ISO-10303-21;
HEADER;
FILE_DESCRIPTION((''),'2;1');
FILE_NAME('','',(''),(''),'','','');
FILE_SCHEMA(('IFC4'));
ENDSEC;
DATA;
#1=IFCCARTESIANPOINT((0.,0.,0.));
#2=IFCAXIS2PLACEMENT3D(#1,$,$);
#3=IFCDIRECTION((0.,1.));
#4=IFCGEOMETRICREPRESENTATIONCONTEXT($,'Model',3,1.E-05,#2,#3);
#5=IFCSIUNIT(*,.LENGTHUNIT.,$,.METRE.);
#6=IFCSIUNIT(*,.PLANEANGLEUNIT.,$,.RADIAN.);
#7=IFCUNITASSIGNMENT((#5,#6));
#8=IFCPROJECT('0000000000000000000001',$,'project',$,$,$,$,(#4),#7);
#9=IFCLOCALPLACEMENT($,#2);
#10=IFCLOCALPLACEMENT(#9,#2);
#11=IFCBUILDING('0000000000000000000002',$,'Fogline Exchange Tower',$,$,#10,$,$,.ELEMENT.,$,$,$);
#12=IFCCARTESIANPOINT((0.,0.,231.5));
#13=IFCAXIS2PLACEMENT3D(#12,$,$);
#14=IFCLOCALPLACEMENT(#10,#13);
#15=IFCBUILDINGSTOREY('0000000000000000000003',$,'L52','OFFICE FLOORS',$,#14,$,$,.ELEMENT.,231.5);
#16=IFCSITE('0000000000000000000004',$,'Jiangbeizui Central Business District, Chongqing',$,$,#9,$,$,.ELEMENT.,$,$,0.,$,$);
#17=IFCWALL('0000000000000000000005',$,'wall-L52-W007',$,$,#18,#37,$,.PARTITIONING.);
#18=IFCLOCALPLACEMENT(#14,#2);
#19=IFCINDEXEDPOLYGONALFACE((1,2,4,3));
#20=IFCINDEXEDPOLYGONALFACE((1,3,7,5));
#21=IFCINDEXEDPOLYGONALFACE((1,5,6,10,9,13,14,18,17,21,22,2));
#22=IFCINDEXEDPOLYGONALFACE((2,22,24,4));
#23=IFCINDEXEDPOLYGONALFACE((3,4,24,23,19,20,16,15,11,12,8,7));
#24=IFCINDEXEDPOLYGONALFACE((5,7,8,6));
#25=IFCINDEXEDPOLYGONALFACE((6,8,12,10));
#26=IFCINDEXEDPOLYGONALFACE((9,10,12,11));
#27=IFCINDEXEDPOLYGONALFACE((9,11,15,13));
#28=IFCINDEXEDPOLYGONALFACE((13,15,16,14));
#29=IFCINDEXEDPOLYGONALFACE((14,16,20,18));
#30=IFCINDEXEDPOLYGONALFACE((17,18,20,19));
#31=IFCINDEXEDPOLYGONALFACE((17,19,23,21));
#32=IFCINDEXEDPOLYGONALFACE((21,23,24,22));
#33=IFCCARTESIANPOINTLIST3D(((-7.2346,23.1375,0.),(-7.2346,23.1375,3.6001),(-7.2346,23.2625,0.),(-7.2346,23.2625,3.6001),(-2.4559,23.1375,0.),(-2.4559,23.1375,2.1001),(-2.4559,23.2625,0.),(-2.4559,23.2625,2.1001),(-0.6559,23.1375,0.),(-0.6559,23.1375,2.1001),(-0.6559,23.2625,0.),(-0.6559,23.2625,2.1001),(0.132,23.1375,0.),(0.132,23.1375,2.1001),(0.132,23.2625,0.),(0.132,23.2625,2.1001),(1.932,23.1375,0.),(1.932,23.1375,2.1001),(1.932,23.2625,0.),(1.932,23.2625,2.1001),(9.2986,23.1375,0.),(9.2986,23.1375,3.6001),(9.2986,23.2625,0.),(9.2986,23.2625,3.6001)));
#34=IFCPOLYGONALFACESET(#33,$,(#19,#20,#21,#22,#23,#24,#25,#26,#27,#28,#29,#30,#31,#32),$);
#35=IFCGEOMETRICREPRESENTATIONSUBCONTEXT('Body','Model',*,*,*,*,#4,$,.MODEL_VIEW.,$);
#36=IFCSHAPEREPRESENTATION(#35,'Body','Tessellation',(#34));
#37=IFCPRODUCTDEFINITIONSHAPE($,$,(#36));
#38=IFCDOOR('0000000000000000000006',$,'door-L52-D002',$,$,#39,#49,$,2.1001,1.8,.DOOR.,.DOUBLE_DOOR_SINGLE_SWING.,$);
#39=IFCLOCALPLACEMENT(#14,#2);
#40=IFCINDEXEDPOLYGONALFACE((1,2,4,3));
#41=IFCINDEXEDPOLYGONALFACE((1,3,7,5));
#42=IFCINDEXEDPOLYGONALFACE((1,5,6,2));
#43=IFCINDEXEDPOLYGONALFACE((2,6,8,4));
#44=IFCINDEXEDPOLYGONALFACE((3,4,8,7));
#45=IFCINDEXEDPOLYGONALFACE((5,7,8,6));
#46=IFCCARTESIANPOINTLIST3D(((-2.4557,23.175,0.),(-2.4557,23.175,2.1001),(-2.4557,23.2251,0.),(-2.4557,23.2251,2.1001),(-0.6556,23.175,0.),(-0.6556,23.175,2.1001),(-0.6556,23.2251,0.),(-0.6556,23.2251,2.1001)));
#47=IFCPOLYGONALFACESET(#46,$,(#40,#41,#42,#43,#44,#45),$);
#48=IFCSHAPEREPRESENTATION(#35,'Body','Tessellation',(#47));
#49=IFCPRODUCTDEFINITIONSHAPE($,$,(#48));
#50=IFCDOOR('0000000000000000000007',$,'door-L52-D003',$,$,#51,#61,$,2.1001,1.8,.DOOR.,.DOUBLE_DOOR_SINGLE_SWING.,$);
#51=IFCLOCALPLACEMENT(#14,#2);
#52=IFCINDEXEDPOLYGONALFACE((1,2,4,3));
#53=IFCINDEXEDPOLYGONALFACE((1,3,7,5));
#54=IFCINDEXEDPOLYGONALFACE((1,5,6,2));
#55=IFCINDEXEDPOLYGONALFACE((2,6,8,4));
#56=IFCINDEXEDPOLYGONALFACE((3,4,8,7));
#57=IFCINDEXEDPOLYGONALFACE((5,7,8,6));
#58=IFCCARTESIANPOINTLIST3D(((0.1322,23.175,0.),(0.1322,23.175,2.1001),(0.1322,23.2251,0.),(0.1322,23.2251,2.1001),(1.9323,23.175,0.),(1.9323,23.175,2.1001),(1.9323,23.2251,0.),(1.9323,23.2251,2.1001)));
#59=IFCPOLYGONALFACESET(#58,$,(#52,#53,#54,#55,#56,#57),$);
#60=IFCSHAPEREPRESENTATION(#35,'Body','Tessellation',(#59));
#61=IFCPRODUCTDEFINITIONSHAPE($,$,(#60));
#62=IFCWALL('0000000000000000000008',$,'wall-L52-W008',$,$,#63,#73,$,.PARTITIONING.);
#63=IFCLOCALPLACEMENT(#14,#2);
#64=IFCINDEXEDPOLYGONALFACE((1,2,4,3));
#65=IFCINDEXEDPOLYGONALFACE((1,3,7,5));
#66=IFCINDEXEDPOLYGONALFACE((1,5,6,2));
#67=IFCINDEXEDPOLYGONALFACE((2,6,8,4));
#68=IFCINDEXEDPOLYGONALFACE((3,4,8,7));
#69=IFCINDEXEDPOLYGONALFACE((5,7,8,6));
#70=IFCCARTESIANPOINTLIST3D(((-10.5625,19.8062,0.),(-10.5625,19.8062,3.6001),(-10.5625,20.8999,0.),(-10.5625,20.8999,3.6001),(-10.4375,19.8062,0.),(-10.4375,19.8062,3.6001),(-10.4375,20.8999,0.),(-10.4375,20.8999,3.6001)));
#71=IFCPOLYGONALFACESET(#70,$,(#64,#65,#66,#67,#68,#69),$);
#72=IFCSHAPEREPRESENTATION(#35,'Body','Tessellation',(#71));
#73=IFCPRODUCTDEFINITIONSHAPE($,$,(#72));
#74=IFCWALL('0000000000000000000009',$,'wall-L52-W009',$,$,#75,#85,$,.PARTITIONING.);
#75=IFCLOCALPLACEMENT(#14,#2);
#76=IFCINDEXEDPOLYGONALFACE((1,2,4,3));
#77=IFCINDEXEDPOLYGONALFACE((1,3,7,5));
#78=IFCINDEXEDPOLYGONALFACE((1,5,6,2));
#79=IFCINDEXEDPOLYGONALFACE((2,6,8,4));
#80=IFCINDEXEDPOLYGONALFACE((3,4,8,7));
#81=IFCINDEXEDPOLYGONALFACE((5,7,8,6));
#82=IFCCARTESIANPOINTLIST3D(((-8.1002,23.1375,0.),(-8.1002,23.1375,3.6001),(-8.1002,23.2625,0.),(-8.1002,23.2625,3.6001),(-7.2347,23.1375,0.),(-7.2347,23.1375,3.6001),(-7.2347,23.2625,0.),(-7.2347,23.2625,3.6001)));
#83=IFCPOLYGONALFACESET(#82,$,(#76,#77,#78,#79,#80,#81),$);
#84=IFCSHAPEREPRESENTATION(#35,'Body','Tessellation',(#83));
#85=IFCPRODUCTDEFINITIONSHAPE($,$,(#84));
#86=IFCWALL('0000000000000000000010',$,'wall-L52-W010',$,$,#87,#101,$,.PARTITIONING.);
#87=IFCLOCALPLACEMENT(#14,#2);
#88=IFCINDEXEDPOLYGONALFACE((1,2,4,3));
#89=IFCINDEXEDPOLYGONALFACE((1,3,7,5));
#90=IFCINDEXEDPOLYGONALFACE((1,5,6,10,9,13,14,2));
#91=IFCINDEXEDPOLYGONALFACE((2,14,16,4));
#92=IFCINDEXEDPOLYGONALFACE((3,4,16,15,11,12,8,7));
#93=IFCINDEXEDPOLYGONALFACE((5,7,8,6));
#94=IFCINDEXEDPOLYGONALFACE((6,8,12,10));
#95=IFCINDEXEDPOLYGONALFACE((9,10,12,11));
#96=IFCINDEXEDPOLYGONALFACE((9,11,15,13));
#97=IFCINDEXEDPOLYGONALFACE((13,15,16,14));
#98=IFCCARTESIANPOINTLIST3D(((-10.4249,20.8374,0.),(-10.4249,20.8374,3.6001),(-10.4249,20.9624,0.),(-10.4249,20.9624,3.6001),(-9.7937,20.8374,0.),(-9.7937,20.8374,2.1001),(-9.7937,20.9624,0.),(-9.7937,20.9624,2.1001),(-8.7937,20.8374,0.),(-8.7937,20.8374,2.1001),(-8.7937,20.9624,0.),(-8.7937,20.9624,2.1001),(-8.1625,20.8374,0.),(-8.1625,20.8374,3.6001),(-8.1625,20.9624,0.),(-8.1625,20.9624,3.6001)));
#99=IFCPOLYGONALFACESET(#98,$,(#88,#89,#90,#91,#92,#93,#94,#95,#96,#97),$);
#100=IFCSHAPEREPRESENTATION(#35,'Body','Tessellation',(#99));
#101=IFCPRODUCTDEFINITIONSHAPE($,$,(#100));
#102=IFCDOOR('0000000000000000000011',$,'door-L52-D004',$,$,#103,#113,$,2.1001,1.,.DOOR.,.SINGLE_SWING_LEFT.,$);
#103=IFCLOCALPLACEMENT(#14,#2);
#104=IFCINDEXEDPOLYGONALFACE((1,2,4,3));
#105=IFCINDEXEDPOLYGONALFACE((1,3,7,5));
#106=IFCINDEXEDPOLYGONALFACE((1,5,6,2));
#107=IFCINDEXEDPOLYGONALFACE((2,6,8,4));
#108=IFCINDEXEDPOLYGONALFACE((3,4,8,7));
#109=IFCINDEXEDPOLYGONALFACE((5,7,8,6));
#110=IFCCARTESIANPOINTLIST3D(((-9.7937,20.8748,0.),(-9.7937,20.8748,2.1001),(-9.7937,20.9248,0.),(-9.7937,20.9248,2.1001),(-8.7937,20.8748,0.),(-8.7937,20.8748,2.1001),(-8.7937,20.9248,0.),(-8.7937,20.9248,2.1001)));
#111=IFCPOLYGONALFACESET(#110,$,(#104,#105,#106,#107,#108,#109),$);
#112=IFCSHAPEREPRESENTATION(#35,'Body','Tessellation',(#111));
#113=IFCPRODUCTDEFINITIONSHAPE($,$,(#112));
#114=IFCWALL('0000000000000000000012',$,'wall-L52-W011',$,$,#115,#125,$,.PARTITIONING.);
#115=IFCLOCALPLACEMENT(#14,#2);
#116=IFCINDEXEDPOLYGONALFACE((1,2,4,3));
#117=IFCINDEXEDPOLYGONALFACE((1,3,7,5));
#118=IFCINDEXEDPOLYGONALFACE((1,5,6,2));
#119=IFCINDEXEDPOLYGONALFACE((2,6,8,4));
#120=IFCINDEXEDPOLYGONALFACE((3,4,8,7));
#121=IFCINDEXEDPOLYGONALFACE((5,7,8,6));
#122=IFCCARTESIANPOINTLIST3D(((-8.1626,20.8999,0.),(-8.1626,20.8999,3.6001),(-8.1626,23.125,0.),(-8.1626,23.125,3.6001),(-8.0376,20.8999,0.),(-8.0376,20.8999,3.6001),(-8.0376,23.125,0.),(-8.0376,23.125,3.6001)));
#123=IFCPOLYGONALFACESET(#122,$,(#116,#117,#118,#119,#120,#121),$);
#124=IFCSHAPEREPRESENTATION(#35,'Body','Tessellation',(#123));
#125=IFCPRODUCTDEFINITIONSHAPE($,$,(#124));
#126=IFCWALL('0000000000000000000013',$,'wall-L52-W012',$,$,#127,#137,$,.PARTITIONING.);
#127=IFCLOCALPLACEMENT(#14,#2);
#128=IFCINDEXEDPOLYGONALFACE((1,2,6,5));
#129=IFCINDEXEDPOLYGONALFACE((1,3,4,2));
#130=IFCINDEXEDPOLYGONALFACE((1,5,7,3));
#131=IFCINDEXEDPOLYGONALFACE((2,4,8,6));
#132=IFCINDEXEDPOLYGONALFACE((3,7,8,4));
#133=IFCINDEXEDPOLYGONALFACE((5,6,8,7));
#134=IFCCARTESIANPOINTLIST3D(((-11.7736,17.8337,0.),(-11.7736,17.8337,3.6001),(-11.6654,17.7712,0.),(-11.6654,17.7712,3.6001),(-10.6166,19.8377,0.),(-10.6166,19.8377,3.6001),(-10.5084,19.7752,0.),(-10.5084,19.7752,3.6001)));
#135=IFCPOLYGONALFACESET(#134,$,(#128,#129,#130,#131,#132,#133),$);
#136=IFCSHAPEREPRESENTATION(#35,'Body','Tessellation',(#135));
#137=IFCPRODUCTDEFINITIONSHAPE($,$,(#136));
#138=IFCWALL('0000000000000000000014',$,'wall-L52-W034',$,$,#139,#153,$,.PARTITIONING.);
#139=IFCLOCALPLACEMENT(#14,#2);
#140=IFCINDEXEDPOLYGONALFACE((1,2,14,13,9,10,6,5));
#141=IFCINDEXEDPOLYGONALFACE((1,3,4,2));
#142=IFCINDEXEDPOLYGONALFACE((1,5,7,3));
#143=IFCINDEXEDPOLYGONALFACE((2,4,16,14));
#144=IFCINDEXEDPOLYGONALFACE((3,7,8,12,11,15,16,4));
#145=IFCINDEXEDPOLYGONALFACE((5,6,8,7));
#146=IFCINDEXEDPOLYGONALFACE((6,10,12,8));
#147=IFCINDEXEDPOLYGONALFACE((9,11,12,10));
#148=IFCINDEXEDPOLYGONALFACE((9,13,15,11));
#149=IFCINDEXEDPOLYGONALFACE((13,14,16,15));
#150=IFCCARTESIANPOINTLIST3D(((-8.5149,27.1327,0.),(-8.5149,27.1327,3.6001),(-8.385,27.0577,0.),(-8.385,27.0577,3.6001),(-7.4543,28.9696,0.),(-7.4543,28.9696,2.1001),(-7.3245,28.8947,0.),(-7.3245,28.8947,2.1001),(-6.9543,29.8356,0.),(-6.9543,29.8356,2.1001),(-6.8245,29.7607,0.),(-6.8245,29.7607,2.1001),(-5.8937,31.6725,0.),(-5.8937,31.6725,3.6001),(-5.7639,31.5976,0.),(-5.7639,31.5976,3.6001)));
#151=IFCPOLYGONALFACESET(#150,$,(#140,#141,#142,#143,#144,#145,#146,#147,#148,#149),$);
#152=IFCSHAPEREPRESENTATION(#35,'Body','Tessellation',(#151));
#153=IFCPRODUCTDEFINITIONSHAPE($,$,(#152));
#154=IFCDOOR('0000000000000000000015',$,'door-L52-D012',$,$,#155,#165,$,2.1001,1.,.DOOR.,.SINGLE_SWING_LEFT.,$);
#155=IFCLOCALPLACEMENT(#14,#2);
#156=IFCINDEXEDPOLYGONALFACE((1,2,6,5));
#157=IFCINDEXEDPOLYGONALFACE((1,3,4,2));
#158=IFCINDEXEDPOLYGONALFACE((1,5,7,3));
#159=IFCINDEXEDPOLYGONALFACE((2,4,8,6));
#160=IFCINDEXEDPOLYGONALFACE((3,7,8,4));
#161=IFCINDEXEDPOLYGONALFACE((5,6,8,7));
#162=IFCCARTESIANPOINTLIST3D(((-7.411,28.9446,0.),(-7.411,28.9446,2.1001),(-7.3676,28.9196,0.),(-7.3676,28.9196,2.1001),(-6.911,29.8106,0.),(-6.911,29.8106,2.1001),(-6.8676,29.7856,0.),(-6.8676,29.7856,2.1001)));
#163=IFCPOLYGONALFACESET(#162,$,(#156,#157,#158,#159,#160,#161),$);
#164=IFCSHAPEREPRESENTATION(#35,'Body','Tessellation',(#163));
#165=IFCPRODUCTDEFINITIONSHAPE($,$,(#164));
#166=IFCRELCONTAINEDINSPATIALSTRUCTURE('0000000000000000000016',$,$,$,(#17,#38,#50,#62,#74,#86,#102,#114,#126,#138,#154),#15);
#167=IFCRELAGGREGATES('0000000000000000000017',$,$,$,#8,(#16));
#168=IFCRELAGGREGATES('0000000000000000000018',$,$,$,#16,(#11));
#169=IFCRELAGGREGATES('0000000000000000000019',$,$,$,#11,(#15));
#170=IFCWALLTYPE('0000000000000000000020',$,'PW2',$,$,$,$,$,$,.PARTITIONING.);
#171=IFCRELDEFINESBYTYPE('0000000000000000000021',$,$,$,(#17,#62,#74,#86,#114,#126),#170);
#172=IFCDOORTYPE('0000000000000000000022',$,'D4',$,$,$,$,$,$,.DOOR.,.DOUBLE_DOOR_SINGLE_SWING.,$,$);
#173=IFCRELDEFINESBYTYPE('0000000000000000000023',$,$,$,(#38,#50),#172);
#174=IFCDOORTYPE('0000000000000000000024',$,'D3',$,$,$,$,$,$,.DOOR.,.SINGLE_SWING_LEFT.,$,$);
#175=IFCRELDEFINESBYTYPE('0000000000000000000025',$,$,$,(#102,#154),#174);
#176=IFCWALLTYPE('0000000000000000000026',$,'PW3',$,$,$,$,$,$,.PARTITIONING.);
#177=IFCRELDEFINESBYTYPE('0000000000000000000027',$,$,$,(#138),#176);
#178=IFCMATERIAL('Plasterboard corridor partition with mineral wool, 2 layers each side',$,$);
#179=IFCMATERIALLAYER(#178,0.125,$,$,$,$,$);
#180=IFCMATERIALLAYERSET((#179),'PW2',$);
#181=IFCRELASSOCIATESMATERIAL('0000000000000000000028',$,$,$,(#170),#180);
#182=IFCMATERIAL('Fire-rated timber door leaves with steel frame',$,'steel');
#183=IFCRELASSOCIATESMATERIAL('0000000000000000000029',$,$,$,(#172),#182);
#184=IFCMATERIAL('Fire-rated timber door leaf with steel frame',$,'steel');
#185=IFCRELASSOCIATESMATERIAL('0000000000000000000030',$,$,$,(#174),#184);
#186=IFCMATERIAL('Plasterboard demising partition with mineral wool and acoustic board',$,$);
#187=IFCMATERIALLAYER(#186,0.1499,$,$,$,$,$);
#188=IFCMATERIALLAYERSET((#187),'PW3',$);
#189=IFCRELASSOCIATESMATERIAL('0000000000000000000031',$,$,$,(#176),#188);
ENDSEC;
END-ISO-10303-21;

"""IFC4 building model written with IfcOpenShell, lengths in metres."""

from ifc_helpers import new_model, si_unit, direction, frame, frame_2d, origin, place, context, subcontext, project, spatial, rectangle, extrude, material, layer, layer_set, type_object, element, fill, save


model = new_model("IFC4")

# Units and contexts
model_context = context("Model", 3, precision=1e-05, world=origin(), true_north=direction((0.0, 1.0)))
body_context = subcontext(model_context, "Body", "Model", "MODEL_VIEW")
ifc_project = project(units=[si_unit("LENGTHUNIT", "METRE"), si_unit("PLANEANGLEUNIT", "RADIAN")], contexts=[model_context])

# Site, building, storey
site_placement = place(None, origin())
site = spatial("IfcSite", under=ifc_project, at=site_placement, Name="Jiangbeizui Central Business District, Chongqing", CompositionType="ELEMENT", RefElevation=0.0)
building_placement = place(site_placement, origin())
building = spatial("IfcBuilding", under=site, at=building_placement, Name="Fogline Exchange Tower", CompositionType="ELEMENT")
storey_placement = place(building_placement, frame((0.0, 0.0, 231.5)))
storey = spatial("IfcBuildingStorey", under=building, at=storey_placement, Name="L52", Description="OFFICE FLOORS", CompositionType="ELEMENT", Elevation=231.5)

# Wall, openings, doors
ifc_material_1 = material(Name="Plasterboard corridor partition with mineral wool, 2 layers each side")
ifc_layer_1 = layer(ifc_material_1, 0.125)
ifc_layer_set_1 = layer_set([ifc_layer_1], Name="PW2")
wall_type_1 = type_object("IfcWallType", Name="PW2", PredefinedType="PARTITIONING", material=ifc_layer_set_1)
wall_1_placement = place(storey_placement, frame((-7.2346, 23.2, 0.0), z_axis=(0.0, 0.0, 1.0), x_axis=(1.0, 0.0, 0.0)))
wall_1 = element("IfcWall", 1, at=wall_1_placement, inside=storey, type_object=wall_type_1, Name="wall-L52-W007", PredefinedType="PARTITIONING", context=body_context, shape_type="SweptSolid", body=[
    extrude(rectangle(XDim=16.5332, YDim=0.125, at=frame_2d((8.2666, 0.0))), origin(), (0.0, 0.0, 1.0), 3.6001),
])
opening_1_placement = place(wall_1_placement, frame((4.7788, 0.0, 0.0)))
opening_1 = element("IfcOpeningElement", 2, at=opening_1_placement, cuts=wall_1, PredefinedType="OPENING", context=body_context, shape_type="SweptSolid", body=[
    extrude(rectangle(XDim=1.8, YDim=2.1001, at=frame_2d((0.8999, 1.05))), frame((0.0, 0.0725, 0.0), z_axis=(0.0, -1.0, 0.0), x_axis=(1.0, 0.0, 0.0)), (0.0, 0.0, 1.0), 0.145),
])
opening_2_placement = place(wall_1_placement, frame((7.3667, 0.0, 0.0)))
opening_2 = element("IfcOpeningElement", 3, at=opening_2_placement, cuts=wall_1, PredefinedType="OPENING", context=body_context, shape_type="SweptSolid", body=[
    extrude(rectangle(XDim=1.8, YDim=2.1001, at=frame_2d((0.8999, 1.05))), frame((0.0, 0.0725, 0.0), z_axis=(0.0, -1.0, 0.0), x_axis=(1.0, 0.0, 0.0)), (0.0, 0.0, 1.0), 0.145),
])
ifc_material_2 = material(Name="Fire-rated timber door leaves with steel frame", Category="steel")
door_type_1 = type_object("IfcDoorType", Name="D4", OperationType="DOUBLE_DOOR_SINGLE_SWING", PredefinedType="DOOR", material=ifc_material_2)
door_1_placement = place(opening_1_placement, frame((1.8, 0.0, 0.0), z_axis=(0.0, 0.0, 1.0), x_axis=(-1.0, 0.0, 0.0)))
door_1 = element("IfcDoor", 4, at=door_1_placement, inside=storey, type_object=door_type_1, Name="door-L52-D002", OperationType="DOUBLE_DOOR_SINGLE_SWING", OverallHeight=2.1001, OverallWidth=1.8, PredefinedType="DOOR", context=body_context, shape_type="SweptSolid", body=[
    extrude(rectangle(XDim=1.8, YDim=2.1001, at=frame_2d((0.8999, 1.05))), frame((0.0, 0.0249, 0.0), z_axis=(0.0, -1.0, 0.0), x_axis=(1.0, 0.0, 0.0)), (0.0, 0.0, 1.0), 0.05),
])
fill(opening_1, door_1)
door_2_placement = place(opening_2_placement, frame((1.8, 0.0, 0.0), z_axis=(0.0, 0.0, 1.0), x_axis=(-1.0, 0.0, 0.0)))
door_2 = element("IfcDoor", 5, at=door_2_placement, inside=storey, type_object=door_type_1, Name="door-L52-D003", OperationType="DOUBLE_DOOR_SINGLE_SWING", OverallHeight=2.1001, OverallWidth=1.8, PredefinedType="DOOR", context=body_context, shape_type="SweptSolid", body=[
    extrude(rectangle(XDim=1.8, YDim=2.1001, at=frame_2d((0.8999, 1.05))), frame((0.0, 0.0249, 0.0), z_axis=(0.0, -1.0, 0.0), x_axis=(1.0, 0.0, 0.0)), (0.0, 0.0, 1.0), 0.05),
])
fill(opening_2, door_2)

# Walls
wall_2_placement = place(storey_placement, frame((-10.5, 19.8062, 0.0), z_axis=(0.0, 0.0, 1.0), x_axis=(0.0, 1.0, 0.0)))
element("IfcWall", 6, at=wall_2_placement, inside=storey, type_object=wall_type_1, Name="wall-L52-W008", PredefinedType="PARTITIONING", context=body_context, shape_type="SweptSolid", body=[
    extrude(rectangle(XDim=1.0938, YDim=0.125, at=frame_2d((0.5469, 0.0))), origin(), (0.0, 0.0, 1.0), 3.6001),
])
wall_3_placement = place(storey_placement, frame((-8.1001, 23.2, 0.0), z_axis=(0.0, 0.0, 1.0), x_axis=(1.0, 0.0, 0.0)))
element("IfcWall", 7, at=wall_3_placement, inside=storey, type_object=wall_type_1, Name="wall-L52-W009", PredefinedType="PARTITIONING", context=body_context, shape_type="SweptSolid", body=[
    extrude(rectangle(XDim=0.8655, YDim=0.125, at=frame_2d((0.4326, 0.0))), origin(), (0.0, 0.0, 1.0), 3.6001),
])

# Wall, opening, door
wall_4_placement = place(storey_placement, frame((-10.425, 20.8999, 0.0), z_axis=(0.0, 0.0, 1.0), x_axis=(1.0, 0.0, 0.0)))
wall_4 = element("IfcWall", 8, at=wall_4_placement, inside=storey, type_object=wall_type_1, Name="wall-L52-W010", PredefinedType="PARTITIONING", context=body_context, shape_type="SweptSolid", body=[
    extrude(rectangle(XDim=2.2625, YDim=0.125, at=frame_2d((1.1313, 0.0))), origin(), (0.0, 0.0, 1.0), 3.6001),
])
opening_3_placement = place(wall_4_placement, frame((0.6313, 0.0, 0.0)))
opening_3 = element("IfcOpeningElement", 9, at=opening_3_placement, cuts=wall_4, PredefinedType="OPENING", context=body_context, shape_type="SweptSolid", body=[
    extrude(rectangle(XDim=1.0, YDim=2.1001, at=frame_2d((0.5, 1.05))), frame((0.0, 0.0725, 0.0), z_axis=(0.0, -1.0, 0.0), x_axis=(1.0, 0.0, 0.0)), (0.0, 0.0, 1.0), 0.145),
])
ifc_material_3 = material(Name="Fire-rated timber door leaf with steel frame", Category="steel")
door_type_2 = type_object("IfcDoorType", Name="D3", OperationType="SINGLE_SWING_LEFT", PredefinedType="DOOR", material=ifc_material_3)
door_3_placement = place(opening_3_placement, origin())
door_3 = element("IfcDoor", 10, at=door_3_placement, inside=storey, type_object=door_type_2, Name="door-L52-D004", OperationType="SINGLE_SWING_LEFT", OverallHeight=2.1001, OverallWidth=1.0, PredefinedType="DOOR", context=body_context, shape_type="SweptSolid", body=[
    extrude(rectangle(XDim=1.0, YDim=2.1001, at=frame_2d((0.5, 1.05))), frame((0.0, 0.0249, 0.0), z_axis=(0.0, -1.0, 0.0), x_axis=(1.0, 0.0, 0.0)), (0.0, 0.0, 1.0), 0.05),
])
fill(opening_3, door_3)

# Walls
wall_5_placement = place(storey_placement, frame((-8.1001, 20.8999, 0.0), z_axis=(0.0, 0.0, 1.0), x_axis=(0.0, 1.0, 0.0)))
element("IfcWall", 11, at=wall_5_placement, inside=storey, type_object=wall_type_1, Name="wall-L52-W011", PredefinedType="PARTITIONING", context=body_context, shape_type="SweptSolid", body=[
    extrude(rectangle(XDim=2.2251, YDim=0.125, at=frame_2d((1.1125, 0.0))), origin(), (0.0, 0.0, 1.0), 3.6001),
])
wall_6_placement = place(storey_placement, frame((-11.7195, 17.8025, 0.0), z_axis=(0.0, 0.0, 1.0), x_axis=(0.500009, 0.86602, 0.0)))
element("IfcWall", 12, at=wall_6_placement, inside=storey, type_object=wall_type_1, Name="wall-L52-W012", PredefinedType="PARTITIONING", context=body_context, shape_type="SweptSolid", body=[
    extrude(rectangle(XDim=2.314, YDim=0.125, at=frame_2d((1.157, 0.0))), origin(), (0.0, 0.0, 1.0), 3.6001),
])

# Wall, opening, door
ifc_material_4 = material(Name="Plasterboard demising partition with mineral wool and acoustic board")
ifc_layer_2 = layer(ifc_material_4, 0.1499)
ifc_layer_set_2 = layer_set([ifc_layer_2], Name="PW3")
wall_type_2 = type_object("IfcWallType", Name="PW3", PredefinedType="PARTITIONING", material=ifc_layer_set_2)
wall_7_placement = place(storey_placement, frame((-8.45, 27.0952, 0.0), z_axis=(0.0, 0.0, 1.0), x_axis=(0.500006, 0.866022, 0.0)))
wall_7 = element("IfcWall", 13, at=wall_7_placement, inside=storey, type_object=wall_type_2, Name="wall-L52-W034", PredefinedType="PARTITIONING", context=body_context, shape_type="SweptSolid", body=[
    extrude(rectangle(XDim=5.2422, YDim=0.1499, at=frame_2d((2.6211, 0.0))), origin(), (0.0, 0.0, 1.0), 3.6001),
])
opening_4_placement = place(wall_7_placement, frame((2.1211, 0.0, 0.0)))
opening_4 = element("IfcOpeningElement", 14, at=opening_4_placement, cuts=wall_7, PredefinedType="OPENING", context=body_context, shape_type="SweptSolid", body=[
    extrude(rectangle(XDim=1.0, YDim=2.1001, at=frame_2d((0.5, 1.05))), frame((0.0, 0.085, 0.0), z_axis=(0.0, -1.0, 0.0), x_axis=(1.0, 0.0, 0.0)), (0.0, 0.0, 1.0), 0.1699),
])
door_4_placement = place(opening_4_placement, origin())
door_4 = element("IfcDoor", 15, at=door_4_placement, inside=storey, type_object=door_type_2, Name="door-L52-D012", OperationType="SINGLE_SWING_LEFT", OverallHeight=2.1001, OverallWidth=1.0, PredefinedType="DOOR", context=body_context, shape_type="SweptSolid", body=[
    extrude(rectangle(XDim=1.0, YDim=2.1001, at=frame_2d((0.5, 1.05))), frame((0.0, 0.0249, 0.0), z_axis=(0.0, -1.0, 0.0), x_axis=(1.0, 0.0, 0.0)), (0.0, 0.0, 1.0), 0.05),
])
fill(opening_4, door_4)

save(model, "model.ifc")
